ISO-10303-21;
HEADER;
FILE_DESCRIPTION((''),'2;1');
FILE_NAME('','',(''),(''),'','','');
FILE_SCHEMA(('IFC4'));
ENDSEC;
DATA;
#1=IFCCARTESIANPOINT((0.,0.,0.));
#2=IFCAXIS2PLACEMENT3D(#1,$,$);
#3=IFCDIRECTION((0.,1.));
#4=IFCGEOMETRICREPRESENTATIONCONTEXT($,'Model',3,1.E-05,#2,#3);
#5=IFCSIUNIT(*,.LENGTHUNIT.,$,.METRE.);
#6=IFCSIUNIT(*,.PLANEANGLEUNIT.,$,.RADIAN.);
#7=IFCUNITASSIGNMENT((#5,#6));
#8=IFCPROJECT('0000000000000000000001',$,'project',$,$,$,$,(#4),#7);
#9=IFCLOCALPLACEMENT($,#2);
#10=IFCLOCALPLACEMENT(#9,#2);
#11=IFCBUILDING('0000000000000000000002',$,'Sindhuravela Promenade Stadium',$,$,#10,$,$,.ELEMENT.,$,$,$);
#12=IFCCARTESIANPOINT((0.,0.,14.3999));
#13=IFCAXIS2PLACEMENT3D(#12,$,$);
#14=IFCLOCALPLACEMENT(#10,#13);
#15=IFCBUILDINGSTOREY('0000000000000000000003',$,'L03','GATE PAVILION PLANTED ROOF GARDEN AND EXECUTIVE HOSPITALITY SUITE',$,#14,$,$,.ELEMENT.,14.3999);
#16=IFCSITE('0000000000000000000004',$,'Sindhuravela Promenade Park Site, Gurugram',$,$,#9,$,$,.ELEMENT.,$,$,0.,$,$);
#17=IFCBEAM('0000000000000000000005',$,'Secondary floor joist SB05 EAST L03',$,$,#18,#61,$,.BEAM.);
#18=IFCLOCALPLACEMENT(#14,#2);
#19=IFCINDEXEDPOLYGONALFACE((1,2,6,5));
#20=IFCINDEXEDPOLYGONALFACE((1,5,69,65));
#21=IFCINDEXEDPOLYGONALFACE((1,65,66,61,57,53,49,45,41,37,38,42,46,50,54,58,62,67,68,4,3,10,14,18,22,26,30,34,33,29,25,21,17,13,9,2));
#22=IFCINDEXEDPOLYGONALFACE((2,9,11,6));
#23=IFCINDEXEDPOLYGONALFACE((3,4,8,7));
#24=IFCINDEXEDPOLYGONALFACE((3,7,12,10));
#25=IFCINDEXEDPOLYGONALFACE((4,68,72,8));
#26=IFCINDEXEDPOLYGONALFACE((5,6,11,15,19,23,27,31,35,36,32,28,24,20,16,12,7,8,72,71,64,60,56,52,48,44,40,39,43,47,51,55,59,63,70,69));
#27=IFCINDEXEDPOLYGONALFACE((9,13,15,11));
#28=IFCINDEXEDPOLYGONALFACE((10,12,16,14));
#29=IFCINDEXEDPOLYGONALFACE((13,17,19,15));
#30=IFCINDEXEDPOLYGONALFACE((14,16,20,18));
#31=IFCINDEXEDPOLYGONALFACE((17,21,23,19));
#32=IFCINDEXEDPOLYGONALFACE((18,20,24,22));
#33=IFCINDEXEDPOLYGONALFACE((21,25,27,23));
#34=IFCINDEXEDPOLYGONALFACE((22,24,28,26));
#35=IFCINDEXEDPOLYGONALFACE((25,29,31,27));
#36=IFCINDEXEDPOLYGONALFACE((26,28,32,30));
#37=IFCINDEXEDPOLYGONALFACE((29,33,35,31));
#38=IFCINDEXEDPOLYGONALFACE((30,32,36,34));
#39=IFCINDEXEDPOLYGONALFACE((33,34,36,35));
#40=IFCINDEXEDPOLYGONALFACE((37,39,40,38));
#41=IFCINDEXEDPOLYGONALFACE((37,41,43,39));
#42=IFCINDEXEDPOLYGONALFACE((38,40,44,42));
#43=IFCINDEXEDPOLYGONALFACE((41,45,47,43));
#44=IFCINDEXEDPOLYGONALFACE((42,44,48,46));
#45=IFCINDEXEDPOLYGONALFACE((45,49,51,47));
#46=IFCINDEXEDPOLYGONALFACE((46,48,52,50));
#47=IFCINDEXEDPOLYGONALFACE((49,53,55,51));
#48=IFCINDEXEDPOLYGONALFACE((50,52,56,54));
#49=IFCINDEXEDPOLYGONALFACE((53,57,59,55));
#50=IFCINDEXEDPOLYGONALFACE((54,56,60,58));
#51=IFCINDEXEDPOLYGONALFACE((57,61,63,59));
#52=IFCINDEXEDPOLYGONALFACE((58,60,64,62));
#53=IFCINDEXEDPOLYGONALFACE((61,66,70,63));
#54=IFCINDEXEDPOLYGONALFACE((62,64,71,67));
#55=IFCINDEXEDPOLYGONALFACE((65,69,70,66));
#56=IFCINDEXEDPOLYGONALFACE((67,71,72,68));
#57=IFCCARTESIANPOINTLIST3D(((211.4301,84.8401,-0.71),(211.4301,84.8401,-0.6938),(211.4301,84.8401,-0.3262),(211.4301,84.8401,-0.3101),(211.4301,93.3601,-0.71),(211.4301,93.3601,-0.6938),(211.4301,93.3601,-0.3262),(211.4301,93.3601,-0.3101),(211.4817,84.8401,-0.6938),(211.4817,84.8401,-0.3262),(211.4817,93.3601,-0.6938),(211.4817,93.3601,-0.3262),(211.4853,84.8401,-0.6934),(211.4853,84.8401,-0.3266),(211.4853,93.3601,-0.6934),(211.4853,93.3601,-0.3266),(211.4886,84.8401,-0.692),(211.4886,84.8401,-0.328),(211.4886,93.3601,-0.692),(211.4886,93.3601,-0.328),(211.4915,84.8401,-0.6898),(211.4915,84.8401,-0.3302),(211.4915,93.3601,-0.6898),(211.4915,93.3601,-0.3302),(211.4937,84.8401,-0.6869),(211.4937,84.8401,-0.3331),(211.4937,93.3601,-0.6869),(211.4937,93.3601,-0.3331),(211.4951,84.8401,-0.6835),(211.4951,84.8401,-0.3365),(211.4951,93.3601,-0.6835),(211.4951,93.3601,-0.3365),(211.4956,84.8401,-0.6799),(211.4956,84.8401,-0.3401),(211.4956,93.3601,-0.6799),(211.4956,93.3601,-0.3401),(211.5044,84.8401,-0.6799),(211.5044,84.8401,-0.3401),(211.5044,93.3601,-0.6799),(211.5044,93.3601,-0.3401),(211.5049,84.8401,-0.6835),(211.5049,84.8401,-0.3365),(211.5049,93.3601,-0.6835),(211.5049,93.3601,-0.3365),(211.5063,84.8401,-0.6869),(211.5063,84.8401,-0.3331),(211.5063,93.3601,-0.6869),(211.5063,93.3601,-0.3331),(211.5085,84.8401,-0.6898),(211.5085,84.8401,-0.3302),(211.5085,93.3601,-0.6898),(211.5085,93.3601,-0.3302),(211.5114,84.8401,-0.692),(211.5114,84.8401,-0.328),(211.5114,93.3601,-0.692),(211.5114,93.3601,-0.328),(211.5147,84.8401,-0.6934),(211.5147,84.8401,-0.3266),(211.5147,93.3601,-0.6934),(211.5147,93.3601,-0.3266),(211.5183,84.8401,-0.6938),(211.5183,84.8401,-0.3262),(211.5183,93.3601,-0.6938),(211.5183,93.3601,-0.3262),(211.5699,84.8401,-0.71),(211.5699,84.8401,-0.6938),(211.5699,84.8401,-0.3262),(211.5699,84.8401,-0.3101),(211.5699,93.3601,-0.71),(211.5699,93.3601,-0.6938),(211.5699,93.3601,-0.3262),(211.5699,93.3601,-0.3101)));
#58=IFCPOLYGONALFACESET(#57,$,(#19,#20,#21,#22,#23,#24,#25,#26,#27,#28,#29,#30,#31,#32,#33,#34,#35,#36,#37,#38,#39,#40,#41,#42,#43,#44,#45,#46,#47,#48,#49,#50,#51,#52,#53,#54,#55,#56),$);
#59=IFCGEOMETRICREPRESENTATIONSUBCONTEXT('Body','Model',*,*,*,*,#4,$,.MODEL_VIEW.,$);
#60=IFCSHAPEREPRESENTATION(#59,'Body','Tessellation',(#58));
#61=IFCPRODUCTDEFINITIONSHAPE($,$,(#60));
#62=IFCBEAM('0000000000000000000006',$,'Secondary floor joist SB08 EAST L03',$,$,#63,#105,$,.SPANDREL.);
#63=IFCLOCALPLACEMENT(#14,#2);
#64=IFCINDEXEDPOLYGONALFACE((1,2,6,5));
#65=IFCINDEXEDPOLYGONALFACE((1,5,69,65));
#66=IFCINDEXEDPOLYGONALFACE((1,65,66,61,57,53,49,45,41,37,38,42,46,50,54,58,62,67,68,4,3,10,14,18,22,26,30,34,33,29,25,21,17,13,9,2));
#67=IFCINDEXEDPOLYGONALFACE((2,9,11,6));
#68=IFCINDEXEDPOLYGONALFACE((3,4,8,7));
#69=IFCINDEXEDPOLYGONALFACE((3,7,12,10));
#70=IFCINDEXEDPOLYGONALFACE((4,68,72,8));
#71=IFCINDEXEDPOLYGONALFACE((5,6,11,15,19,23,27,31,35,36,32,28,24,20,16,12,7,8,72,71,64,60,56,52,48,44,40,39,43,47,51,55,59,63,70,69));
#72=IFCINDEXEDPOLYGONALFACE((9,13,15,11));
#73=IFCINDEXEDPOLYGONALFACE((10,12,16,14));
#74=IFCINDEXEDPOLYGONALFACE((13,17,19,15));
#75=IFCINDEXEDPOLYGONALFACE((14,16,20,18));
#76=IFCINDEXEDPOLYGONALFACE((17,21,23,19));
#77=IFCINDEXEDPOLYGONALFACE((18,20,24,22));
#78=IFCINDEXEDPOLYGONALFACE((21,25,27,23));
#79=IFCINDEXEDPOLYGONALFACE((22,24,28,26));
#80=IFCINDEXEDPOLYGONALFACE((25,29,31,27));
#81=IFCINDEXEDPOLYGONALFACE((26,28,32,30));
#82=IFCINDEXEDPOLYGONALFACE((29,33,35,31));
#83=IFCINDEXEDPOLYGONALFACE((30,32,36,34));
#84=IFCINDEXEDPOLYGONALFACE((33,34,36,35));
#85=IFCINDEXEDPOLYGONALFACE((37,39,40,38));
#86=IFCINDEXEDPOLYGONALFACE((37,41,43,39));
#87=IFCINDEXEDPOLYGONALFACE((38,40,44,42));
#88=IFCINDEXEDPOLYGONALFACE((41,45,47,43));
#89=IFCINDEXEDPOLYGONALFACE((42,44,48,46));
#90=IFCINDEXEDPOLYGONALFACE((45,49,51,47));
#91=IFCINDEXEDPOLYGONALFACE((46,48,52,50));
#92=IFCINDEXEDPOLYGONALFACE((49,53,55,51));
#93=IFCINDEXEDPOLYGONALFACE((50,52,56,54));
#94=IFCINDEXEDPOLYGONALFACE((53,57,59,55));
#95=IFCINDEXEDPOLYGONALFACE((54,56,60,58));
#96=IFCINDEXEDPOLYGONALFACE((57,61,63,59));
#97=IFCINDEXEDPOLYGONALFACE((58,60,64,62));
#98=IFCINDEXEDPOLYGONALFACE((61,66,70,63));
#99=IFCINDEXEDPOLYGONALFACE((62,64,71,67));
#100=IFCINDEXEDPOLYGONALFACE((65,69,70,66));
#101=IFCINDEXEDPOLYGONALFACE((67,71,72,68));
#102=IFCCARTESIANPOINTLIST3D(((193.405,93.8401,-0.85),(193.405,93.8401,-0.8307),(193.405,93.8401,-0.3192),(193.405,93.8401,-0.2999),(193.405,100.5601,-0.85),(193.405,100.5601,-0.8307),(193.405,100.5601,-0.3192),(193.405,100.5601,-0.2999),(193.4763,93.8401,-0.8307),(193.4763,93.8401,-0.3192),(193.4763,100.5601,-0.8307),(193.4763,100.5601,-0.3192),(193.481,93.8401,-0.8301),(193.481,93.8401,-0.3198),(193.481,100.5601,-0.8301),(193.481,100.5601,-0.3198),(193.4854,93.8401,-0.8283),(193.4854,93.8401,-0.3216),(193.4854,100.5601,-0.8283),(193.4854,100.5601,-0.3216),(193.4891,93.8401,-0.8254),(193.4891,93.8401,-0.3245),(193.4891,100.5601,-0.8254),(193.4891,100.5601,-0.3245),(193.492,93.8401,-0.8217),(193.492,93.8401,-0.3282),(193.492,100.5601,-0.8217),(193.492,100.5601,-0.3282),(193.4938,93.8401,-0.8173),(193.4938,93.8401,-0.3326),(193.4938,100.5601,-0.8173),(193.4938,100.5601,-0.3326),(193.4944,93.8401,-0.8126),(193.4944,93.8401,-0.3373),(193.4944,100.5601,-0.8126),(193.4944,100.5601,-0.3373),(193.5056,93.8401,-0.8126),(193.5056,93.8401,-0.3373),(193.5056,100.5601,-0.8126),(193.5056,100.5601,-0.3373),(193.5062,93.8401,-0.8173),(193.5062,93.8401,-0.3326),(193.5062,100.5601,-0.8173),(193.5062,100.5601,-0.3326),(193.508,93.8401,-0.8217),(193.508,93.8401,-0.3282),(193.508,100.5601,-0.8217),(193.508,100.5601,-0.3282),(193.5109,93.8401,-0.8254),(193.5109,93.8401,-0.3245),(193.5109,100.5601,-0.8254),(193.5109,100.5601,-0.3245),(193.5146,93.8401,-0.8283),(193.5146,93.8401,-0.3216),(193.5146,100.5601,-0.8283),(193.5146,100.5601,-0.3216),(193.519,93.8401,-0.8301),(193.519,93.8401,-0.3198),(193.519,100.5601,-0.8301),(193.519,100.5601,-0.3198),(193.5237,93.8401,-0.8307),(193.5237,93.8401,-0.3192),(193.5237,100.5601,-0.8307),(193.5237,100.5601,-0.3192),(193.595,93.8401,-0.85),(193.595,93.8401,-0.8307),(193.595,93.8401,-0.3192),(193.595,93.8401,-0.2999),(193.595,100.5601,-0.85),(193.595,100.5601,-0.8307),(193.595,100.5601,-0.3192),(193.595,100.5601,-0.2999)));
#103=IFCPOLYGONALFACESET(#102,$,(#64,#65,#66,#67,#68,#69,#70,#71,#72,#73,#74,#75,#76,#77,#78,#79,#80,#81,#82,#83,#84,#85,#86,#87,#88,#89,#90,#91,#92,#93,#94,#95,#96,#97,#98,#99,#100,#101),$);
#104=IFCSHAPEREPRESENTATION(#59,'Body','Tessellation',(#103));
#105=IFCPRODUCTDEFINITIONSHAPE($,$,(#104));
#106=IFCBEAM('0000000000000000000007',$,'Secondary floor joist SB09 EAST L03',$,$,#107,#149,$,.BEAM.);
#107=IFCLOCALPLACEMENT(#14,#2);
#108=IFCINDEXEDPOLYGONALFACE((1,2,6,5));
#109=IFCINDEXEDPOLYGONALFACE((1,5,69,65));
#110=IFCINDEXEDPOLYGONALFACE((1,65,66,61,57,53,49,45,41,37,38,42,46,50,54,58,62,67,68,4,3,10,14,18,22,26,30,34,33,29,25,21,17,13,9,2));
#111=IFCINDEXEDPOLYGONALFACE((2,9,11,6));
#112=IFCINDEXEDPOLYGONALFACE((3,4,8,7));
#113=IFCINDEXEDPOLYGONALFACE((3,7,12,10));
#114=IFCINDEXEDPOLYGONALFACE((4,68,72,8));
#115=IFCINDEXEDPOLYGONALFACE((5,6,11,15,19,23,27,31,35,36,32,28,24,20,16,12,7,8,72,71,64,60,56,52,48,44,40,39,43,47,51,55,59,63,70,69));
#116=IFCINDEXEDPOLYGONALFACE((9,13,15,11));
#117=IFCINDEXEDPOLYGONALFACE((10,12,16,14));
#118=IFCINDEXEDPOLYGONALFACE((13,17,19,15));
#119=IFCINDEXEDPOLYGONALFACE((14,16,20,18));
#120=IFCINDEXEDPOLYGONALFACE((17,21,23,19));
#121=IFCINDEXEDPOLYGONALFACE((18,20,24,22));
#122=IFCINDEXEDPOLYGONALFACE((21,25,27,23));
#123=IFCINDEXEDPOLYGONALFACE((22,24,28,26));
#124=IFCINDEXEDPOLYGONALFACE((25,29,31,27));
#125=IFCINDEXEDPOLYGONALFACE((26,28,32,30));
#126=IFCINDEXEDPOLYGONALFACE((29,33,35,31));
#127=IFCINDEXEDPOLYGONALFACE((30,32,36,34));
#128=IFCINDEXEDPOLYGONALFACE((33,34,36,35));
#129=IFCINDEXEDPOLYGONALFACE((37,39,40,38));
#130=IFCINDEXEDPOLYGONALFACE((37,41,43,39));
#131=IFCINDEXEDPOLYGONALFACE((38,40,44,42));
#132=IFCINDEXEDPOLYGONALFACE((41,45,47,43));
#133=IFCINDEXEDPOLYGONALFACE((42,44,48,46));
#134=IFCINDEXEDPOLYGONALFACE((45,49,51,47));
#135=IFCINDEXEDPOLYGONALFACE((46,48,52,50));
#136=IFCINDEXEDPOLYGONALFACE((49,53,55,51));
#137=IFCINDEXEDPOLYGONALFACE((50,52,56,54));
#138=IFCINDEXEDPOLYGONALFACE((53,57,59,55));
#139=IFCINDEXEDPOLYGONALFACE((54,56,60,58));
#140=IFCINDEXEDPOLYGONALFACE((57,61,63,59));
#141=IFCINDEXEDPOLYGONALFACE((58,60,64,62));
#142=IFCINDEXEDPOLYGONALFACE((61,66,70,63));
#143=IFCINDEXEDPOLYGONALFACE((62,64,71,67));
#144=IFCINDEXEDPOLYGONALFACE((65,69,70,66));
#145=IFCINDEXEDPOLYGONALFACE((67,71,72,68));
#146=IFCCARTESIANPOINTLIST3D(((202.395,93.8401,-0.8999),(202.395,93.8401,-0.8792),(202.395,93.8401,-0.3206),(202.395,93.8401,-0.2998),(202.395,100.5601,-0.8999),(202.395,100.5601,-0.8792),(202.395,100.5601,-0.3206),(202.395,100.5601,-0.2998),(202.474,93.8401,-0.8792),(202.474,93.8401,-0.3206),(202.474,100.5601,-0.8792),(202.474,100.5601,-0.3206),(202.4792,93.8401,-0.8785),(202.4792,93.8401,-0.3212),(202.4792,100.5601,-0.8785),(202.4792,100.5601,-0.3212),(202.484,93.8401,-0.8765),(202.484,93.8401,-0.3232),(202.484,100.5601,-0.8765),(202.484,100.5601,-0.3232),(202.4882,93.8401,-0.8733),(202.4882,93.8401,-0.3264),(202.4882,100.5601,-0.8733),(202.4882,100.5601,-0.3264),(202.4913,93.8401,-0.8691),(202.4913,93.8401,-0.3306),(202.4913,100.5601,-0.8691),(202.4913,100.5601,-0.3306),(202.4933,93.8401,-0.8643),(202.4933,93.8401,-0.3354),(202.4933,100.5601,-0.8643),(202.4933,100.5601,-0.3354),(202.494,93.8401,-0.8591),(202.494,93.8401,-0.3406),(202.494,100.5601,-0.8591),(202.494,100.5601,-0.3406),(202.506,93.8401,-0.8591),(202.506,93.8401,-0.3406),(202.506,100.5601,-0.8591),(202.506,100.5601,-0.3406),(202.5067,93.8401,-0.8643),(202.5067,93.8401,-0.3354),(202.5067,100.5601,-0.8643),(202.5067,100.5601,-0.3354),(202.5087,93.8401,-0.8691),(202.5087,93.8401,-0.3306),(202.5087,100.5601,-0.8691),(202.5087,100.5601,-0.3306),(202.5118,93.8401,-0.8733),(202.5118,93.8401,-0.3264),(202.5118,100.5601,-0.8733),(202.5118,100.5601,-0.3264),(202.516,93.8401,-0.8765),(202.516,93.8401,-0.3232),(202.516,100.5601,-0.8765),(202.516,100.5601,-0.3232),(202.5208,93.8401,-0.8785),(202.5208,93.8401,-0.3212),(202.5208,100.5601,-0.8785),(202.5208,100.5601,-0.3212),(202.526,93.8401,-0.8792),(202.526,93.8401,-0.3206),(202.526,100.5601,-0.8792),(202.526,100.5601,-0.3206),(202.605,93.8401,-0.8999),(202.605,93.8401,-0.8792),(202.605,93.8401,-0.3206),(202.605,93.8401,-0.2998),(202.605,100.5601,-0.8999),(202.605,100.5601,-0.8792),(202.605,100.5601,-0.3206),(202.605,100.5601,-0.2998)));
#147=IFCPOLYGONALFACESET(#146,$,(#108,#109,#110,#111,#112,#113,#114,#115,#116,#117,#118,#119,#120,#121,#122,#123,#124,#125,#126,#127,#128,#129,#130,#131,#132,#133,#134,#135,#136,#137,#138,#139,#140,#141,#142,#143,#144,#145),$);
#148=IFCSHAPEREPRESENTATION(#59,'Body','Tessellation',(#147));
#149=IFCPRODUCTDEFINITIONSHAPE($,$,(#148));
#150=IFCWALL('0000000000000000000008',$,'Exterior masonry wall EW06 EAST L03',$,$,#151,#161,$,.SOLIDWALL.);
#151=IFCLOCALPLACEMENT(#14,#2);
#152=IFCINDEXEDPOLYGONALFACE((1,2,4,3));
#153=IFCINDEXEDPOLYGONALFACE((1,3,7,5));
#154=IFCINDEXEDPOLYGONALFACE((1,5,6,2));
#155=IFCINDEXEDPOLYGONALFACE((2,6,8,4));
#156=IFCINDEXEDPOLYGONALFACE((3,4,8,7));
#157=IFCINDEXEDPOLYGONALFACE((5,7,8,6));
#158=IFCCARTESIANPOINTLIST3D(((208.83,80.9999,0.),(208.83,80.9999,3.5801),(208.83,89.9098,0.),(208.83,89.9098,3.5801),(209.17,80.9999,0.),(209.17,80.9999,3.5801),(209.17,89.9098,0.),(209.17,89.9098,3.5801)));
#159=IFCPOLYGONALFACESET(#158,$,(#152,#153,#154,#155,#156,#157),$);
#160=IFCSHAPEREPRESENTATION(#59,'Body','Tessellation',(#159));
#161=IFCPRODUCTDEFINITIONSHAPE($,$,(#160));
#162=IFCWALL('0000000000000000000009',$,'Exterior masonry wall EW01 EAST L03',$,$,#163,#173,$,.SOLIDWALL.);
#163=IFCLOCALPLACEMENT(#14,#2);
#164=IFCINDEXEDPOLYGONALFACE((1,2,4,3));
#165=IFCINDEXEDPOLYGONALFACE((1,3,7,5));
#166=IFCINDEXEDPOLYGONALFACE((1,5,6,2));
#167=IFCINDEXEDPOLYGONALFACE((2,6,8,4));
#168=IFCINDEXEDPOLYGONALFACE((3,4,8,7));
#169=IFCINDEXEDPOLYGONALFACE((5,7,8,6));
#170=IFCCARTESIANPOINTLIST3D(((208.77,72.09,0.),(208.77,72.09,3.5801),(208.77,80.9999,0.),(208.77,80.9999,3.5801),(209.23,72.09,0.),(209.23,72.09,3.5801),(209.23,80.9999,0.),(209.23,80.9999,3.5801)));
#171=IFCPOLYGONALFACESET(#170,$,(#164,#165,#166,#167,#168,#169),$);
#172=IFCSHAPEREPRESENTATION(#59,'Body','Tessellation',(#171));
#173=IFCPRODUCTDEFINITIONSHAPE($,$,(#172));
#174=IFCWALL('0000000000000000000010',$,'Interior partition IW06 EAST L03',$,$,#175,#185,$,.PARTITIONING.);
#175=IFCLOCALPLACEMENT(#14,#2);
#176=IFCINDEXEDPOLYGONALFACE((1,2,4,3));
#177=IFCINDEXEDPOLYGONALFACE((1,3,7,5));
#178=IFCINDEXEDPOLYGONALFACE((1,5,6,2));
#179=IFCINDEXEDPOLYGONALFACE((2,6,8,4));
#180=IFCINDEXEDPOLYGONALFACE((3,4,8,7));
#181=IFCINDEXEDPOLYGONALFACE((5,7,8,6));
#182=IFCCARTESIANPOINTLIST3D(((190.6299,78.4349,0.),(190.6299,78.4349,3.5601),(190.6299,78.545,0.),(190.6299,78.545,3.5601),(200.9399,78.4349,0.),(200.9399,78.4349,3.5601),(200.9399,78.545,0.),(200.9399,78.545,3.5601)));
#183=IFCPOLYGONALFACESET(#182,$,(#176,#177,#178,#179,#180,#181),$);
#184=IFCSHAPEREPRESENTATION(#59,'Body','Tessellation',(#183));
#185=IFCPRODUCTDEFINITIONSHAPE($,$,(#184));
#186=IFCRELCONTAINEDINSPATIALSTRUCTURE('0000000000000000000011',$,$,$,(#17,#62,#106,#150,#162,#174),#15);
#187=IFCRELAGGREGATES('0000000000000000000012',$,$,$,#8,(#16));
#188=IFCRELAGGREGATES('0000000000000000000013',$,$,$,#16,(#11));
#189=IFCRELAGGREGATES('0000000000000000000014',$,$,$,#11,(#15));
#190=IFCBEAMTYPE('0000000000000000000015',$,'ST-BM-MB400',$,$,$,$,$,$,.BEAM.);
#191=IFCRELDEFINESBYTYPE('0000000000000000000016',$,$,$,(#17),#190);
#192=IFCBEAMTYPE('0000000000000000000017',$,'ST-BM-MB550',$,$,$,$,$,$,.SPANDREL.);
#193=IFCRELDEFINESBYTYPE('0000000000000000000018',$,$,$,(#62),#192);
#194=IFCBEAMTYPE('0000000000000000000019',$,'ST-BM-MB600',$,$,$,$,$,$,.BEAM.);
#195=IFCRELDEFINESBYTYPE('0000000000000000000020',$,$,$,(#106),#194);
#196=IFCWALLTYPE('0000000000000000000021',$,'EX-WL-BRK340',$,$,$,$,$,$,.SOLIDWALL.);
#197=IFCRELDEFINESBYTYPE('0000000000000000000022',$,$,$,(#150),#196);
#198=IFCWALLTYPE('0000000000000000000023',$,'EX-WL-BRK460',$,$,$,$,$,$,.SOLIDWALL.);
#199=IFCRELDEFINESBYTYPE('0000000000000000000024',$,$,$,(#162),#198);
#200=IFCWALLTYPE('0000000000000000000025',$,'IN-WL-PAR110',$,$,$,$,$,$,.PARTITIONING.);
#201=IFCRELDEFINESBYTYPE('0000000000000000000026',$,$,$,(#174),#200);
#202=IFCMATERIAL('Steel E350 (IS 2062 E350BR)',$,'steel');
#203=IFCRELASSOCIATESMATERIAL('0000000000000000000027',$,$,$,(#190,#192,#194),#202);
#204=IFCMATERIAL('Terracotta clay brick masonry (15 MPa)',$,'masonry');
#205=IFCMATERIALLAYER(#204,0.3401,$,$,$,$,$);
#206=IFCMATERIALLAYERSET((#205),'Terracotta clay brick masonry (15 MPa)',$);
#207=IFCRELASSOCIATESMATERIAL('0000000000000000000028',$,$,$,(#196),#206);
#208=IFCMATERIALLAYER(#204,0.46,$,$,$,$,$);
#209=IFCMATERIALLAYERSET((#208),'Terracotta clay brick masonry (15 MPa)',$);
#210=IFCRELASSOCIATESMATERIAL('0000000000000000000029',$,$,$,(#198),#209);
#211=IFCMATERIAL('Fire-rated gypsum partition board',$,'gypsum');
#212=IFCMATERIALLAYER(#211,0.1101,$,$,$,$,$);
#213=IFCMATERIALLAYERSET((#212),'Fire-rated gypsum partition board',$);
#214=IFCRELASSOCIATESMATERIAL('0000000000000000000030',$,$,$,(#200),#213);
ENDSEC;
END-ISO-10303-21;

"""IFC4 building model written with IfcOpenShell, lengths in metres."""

from ifc_helpers import new_model, si_unit, direction, frame, frame_2d, origin, origin_2d, place, context, subcontext, project, spatial, rectangle, i_section, extrude, material, layer, layer_set, material_profile, profile_set, type_object, element, save


model = new_model("IFC4")

# Units and contexts
model_context = context("Model", 3, precision=1e-05, world=origin(), true_north=direction((0.0, 1.0)))
body_context = subcontext(model_context, "Body", "Model", "MODEL_VIEW")
ifc_project = project(units=[si_unit("LENGTHUNIT", "METRE"), si_unit("PLANEANGLEUNIT", "RADIAN")], contexts=[model_context])

# Site, building, storey
site_placement = place(None, origin())
site = spatial("IfcSite", under=ifc_project, at=site_placement, Name="Sindhuravela Promenade Park Site, Gurugram", CompositionType="ELEMENT", RefElevation=0.0)
building_placement = place(site_placement, origin())
building = spatial("IfcBuilding", under=site, at=building_placement, Name="Sindhuravela Promenade Stadium", CompositionType="ELEMENT")
storey_placement = place(building_placement, frame((0.0, 0.0, 14.3999)))
storey = spatial("IfcBuildingStorey", under=building, at=storey_placement, Name="L03", Description="GATE PAVILION PLANTED ROOF GARDEN AND EXECUTIVE HOSPITALITY SUITE", CompositionType="ELEMENT", Elevation=14.3999)

# Beams
ifc_material_1 = material(Name="Steel E350 (IS 2062 E350BR)", Category="steel")
ifc_material_profile_1 = material_profile(ifc_material_1, i_section(OverallWidth=0.1399, OverallDepth=0.3999, WebThickness=0.0088, FlangeThickness=0.0161, FilletRadius=0.0139, at=origin_2d()), Name="ISMB 400")
ifc_profile_set_1 = profile_set([ifc_material_profile_1], Name="Steel E350 (IS 2062 E350BR)")
beam_type_1 = type_object("IfcBeamType", Name="ST-BM-MB400", PredefinedType="BEAM", material=ifc_profile_set_1)
beam_1_placement = place(storey_placement, frame((211.5, 84.8401, -0.51), z_axis=(0.0, 1.0, 0.0), x_axis=(-1.0, 0.0, 0.0)))
element("IfcBeam", 1, at=beam_1_placement, inside=storey, type_object=beam_type_1, Name="Secondary floor joist SB05 EAST L03", PredefinedType="BEAM", context=body_context, shape_type="SweptSolid", body=[
    extrude(i_section(OverallWidth=0.1399, OverallDepth=0.3999, WebThickness=0.0088, FlangeThickness=0.0161, FilletRadius=0.0139, at=origin_2d()), origin(), (0.0, 0.0, 1.0), 8.52),
])
ifc_material_profile_2 = material_profile(ifc_material_1, i_section(OverallWidth=0.1899, OverallDepth=0.55, WebThickness=0.0112, FlangeThickness=0.0193, FilletRadius=0.0181, at=origin_2d()), Name="ISMB 550")
ifc_profile_set_2 = profile_set([ifc_material_profile_2], Name="Steel E350 (IS 2062 E350BR)")
beam_type_2 = type_object("IfcBeamType", Name="ST-BM-MB550", PredefinedType="SPANDREL", material=ifc_profile_set_2)
beam_2_placement = place(storey_placement, frame((193.5, 93.8401, -0.575), z_axis=(0.0, 1.0, 0.0), x_axis=(-1.0, 0.0, 0.0)))
element("IfcBeam", 2, at=beam_2_placement, inside=storey, type_object=beam_type_2, Name="Secondary floor joist SB08 EAST L03", PredefinedType="SPANDREL", context=body_context, shape_type="SweptSolid", body=[
    extrude(i_section(OverallWidth=0.1899, OverallDepth=0.55, WebThickness=0.0112, FlangeThickness=0.0193, FilletRadius=0.0181, at=origin_2d()), origin(), (0.0, 0.0, 1.0), 6.72),
])
ifc_material_profile_3 = material_profile(ifc_material_1, i_section(OverallWidth=0.21, OverallDepth=0.6001, WebThickness=0.012, FlangeThickness=0.0208, FilletRadius=0.02, at=origin_2d()), Name="ISMB 600")
ifc_profile_set_3 = profile_set([ifc_material_profile_3], Name="Steel E350 (IS 2062 E350BR)")
beam_type_3 = type_object("IfcBeamType", Name="ST-BM-MB600", PredefinedType="BEAM", material=ifc_profile_set_3)
beam_3_placement = place(storey_placement, frame((202.5, 93.8401, -0.5999), z_axis=(0.0, 1.0, 0.0), x_axis=(-1.0, 0.0, 0.0)))
element("IfcBeam", 3, at=beam_3_placement, inside=storey, type_object=beam_type_3, Name="Secondary floor joist SB09 EAST L03", PredefinedType="BEAM", context=body_context, shape_type="SweptSolid", body=[
    extrude(i_section(OverallWidth=0.21, OverallDepth=0.6001, WebThickness=0.012, FlangeThickness=0.0208, FilletRadius=0.02, at=origin_2d()), origin(), (0.0, 0.0, 1.0), 6.72),
])

# Walls
ifc_material_2 = material(Name="Terracotta clay brick masonry (15 MPa)", Category="masonry")
ifc_layer_1 = layer(ifc_material_2, 0.3401)
ifc_layer_set_1 = layer_set([ifc_layer_1], Name="Terracotta clay brick masonry (15 MPa)")
wall_type_1 = type_object("IfcWallType", Name="EX-WL-BRK340", PredefinedType="SOLIDWALL", material=ifc_layer_set_1)
wall_1_placement = place(storey_placement, frame((209.0, 89.9099, 0.0), z_axis=(0.0, 0.0, 1.0), x_axis=(0.0, -1.0, 0.0)))
element("IfcWall", 4, at=wall_1_placement, inside=storey, type_object=wall_type_1, Name="Exterior masonry wall EW06 EAST L03", PredefinedType="SOLIDWALL", context=body_context, shape_type="SweptSolid", body=[
    extrude(rectangle(XDim=8.9099, YDim=0.3401, at=frame_2d((4.4551, 0.0))), origin(), (0.0, 0.0, 1.0), 3.5801),
])
ifc_layer_2 = layer(ifc_material_2, 0.46)
ifc_layer_set_2 = layer_set([ifc_layer_2], Name="Terracotta clay brick masonry (15 MPa)")
wall_type_2 = type_object("IfcWallType", Name="EX-WL-BRK460", PredefinedType="SOLIDWALL", material=ifc_layer_set_2)
wall_2_placement = place(storey_placement, frame((209.0, 81.0, 0.0), z_axis=(0.0, 0.0, 1.0), x_axis=(0.0, -1.0, 0.0)))
element("IfcWall", 5, at=wall_2_placement, inside=storey, type_object=wall_type_2, Name="Exterior masonry wall EW01 EAST L03", PredefinedType="SOLIDWALL", context=body_context, shape_type="SweptSolid", body=[
    extrude(rectangle(XDim=8.9099, YDim=0.46, at=frame_2d((4.4551, 0.0))), origin(), (0.0, 0.0, 1.0), 3.5801),
])
ifc_material_3 = material(Name="Fire-rated gypsum partition board", Category="gypsum")
ifc_layer_3 = layer(ifc_material_3, 0.1101)
ifc_layer_set_3 = layer_set([ifc_layer_3], Name="Fire-rated gypsum partition board")
wall_type_3 = type_object("IfcWallType", Name="IN-WL-PAR110", PredefinedType="PARTITIONING", material=ifc_layer_set_3)
wall_3_placement = place(storey_placement, frame((200.9399, 78.49, 0.0), z_axis=(0.0, 0.0, 1.0), x_axis=(-1.0, 0.0, 0.0)))
element("IfcWall", 6, at=wall_3_placement, inside=storey, type_object=wall_type_3, Name="Interior partition IW06 EAST L03", PredefinedType="PARTITIONING", context=body_context, shape_type="SweptSolid", body=[
    extrude(rectangle(XDim=10.3101, YDim=0.1101, at=frame_2d((5.155, 0.0))), origin(), (0.0, 0.0, 1.0), 3.5601),
])

save(model, "model.ifc")
